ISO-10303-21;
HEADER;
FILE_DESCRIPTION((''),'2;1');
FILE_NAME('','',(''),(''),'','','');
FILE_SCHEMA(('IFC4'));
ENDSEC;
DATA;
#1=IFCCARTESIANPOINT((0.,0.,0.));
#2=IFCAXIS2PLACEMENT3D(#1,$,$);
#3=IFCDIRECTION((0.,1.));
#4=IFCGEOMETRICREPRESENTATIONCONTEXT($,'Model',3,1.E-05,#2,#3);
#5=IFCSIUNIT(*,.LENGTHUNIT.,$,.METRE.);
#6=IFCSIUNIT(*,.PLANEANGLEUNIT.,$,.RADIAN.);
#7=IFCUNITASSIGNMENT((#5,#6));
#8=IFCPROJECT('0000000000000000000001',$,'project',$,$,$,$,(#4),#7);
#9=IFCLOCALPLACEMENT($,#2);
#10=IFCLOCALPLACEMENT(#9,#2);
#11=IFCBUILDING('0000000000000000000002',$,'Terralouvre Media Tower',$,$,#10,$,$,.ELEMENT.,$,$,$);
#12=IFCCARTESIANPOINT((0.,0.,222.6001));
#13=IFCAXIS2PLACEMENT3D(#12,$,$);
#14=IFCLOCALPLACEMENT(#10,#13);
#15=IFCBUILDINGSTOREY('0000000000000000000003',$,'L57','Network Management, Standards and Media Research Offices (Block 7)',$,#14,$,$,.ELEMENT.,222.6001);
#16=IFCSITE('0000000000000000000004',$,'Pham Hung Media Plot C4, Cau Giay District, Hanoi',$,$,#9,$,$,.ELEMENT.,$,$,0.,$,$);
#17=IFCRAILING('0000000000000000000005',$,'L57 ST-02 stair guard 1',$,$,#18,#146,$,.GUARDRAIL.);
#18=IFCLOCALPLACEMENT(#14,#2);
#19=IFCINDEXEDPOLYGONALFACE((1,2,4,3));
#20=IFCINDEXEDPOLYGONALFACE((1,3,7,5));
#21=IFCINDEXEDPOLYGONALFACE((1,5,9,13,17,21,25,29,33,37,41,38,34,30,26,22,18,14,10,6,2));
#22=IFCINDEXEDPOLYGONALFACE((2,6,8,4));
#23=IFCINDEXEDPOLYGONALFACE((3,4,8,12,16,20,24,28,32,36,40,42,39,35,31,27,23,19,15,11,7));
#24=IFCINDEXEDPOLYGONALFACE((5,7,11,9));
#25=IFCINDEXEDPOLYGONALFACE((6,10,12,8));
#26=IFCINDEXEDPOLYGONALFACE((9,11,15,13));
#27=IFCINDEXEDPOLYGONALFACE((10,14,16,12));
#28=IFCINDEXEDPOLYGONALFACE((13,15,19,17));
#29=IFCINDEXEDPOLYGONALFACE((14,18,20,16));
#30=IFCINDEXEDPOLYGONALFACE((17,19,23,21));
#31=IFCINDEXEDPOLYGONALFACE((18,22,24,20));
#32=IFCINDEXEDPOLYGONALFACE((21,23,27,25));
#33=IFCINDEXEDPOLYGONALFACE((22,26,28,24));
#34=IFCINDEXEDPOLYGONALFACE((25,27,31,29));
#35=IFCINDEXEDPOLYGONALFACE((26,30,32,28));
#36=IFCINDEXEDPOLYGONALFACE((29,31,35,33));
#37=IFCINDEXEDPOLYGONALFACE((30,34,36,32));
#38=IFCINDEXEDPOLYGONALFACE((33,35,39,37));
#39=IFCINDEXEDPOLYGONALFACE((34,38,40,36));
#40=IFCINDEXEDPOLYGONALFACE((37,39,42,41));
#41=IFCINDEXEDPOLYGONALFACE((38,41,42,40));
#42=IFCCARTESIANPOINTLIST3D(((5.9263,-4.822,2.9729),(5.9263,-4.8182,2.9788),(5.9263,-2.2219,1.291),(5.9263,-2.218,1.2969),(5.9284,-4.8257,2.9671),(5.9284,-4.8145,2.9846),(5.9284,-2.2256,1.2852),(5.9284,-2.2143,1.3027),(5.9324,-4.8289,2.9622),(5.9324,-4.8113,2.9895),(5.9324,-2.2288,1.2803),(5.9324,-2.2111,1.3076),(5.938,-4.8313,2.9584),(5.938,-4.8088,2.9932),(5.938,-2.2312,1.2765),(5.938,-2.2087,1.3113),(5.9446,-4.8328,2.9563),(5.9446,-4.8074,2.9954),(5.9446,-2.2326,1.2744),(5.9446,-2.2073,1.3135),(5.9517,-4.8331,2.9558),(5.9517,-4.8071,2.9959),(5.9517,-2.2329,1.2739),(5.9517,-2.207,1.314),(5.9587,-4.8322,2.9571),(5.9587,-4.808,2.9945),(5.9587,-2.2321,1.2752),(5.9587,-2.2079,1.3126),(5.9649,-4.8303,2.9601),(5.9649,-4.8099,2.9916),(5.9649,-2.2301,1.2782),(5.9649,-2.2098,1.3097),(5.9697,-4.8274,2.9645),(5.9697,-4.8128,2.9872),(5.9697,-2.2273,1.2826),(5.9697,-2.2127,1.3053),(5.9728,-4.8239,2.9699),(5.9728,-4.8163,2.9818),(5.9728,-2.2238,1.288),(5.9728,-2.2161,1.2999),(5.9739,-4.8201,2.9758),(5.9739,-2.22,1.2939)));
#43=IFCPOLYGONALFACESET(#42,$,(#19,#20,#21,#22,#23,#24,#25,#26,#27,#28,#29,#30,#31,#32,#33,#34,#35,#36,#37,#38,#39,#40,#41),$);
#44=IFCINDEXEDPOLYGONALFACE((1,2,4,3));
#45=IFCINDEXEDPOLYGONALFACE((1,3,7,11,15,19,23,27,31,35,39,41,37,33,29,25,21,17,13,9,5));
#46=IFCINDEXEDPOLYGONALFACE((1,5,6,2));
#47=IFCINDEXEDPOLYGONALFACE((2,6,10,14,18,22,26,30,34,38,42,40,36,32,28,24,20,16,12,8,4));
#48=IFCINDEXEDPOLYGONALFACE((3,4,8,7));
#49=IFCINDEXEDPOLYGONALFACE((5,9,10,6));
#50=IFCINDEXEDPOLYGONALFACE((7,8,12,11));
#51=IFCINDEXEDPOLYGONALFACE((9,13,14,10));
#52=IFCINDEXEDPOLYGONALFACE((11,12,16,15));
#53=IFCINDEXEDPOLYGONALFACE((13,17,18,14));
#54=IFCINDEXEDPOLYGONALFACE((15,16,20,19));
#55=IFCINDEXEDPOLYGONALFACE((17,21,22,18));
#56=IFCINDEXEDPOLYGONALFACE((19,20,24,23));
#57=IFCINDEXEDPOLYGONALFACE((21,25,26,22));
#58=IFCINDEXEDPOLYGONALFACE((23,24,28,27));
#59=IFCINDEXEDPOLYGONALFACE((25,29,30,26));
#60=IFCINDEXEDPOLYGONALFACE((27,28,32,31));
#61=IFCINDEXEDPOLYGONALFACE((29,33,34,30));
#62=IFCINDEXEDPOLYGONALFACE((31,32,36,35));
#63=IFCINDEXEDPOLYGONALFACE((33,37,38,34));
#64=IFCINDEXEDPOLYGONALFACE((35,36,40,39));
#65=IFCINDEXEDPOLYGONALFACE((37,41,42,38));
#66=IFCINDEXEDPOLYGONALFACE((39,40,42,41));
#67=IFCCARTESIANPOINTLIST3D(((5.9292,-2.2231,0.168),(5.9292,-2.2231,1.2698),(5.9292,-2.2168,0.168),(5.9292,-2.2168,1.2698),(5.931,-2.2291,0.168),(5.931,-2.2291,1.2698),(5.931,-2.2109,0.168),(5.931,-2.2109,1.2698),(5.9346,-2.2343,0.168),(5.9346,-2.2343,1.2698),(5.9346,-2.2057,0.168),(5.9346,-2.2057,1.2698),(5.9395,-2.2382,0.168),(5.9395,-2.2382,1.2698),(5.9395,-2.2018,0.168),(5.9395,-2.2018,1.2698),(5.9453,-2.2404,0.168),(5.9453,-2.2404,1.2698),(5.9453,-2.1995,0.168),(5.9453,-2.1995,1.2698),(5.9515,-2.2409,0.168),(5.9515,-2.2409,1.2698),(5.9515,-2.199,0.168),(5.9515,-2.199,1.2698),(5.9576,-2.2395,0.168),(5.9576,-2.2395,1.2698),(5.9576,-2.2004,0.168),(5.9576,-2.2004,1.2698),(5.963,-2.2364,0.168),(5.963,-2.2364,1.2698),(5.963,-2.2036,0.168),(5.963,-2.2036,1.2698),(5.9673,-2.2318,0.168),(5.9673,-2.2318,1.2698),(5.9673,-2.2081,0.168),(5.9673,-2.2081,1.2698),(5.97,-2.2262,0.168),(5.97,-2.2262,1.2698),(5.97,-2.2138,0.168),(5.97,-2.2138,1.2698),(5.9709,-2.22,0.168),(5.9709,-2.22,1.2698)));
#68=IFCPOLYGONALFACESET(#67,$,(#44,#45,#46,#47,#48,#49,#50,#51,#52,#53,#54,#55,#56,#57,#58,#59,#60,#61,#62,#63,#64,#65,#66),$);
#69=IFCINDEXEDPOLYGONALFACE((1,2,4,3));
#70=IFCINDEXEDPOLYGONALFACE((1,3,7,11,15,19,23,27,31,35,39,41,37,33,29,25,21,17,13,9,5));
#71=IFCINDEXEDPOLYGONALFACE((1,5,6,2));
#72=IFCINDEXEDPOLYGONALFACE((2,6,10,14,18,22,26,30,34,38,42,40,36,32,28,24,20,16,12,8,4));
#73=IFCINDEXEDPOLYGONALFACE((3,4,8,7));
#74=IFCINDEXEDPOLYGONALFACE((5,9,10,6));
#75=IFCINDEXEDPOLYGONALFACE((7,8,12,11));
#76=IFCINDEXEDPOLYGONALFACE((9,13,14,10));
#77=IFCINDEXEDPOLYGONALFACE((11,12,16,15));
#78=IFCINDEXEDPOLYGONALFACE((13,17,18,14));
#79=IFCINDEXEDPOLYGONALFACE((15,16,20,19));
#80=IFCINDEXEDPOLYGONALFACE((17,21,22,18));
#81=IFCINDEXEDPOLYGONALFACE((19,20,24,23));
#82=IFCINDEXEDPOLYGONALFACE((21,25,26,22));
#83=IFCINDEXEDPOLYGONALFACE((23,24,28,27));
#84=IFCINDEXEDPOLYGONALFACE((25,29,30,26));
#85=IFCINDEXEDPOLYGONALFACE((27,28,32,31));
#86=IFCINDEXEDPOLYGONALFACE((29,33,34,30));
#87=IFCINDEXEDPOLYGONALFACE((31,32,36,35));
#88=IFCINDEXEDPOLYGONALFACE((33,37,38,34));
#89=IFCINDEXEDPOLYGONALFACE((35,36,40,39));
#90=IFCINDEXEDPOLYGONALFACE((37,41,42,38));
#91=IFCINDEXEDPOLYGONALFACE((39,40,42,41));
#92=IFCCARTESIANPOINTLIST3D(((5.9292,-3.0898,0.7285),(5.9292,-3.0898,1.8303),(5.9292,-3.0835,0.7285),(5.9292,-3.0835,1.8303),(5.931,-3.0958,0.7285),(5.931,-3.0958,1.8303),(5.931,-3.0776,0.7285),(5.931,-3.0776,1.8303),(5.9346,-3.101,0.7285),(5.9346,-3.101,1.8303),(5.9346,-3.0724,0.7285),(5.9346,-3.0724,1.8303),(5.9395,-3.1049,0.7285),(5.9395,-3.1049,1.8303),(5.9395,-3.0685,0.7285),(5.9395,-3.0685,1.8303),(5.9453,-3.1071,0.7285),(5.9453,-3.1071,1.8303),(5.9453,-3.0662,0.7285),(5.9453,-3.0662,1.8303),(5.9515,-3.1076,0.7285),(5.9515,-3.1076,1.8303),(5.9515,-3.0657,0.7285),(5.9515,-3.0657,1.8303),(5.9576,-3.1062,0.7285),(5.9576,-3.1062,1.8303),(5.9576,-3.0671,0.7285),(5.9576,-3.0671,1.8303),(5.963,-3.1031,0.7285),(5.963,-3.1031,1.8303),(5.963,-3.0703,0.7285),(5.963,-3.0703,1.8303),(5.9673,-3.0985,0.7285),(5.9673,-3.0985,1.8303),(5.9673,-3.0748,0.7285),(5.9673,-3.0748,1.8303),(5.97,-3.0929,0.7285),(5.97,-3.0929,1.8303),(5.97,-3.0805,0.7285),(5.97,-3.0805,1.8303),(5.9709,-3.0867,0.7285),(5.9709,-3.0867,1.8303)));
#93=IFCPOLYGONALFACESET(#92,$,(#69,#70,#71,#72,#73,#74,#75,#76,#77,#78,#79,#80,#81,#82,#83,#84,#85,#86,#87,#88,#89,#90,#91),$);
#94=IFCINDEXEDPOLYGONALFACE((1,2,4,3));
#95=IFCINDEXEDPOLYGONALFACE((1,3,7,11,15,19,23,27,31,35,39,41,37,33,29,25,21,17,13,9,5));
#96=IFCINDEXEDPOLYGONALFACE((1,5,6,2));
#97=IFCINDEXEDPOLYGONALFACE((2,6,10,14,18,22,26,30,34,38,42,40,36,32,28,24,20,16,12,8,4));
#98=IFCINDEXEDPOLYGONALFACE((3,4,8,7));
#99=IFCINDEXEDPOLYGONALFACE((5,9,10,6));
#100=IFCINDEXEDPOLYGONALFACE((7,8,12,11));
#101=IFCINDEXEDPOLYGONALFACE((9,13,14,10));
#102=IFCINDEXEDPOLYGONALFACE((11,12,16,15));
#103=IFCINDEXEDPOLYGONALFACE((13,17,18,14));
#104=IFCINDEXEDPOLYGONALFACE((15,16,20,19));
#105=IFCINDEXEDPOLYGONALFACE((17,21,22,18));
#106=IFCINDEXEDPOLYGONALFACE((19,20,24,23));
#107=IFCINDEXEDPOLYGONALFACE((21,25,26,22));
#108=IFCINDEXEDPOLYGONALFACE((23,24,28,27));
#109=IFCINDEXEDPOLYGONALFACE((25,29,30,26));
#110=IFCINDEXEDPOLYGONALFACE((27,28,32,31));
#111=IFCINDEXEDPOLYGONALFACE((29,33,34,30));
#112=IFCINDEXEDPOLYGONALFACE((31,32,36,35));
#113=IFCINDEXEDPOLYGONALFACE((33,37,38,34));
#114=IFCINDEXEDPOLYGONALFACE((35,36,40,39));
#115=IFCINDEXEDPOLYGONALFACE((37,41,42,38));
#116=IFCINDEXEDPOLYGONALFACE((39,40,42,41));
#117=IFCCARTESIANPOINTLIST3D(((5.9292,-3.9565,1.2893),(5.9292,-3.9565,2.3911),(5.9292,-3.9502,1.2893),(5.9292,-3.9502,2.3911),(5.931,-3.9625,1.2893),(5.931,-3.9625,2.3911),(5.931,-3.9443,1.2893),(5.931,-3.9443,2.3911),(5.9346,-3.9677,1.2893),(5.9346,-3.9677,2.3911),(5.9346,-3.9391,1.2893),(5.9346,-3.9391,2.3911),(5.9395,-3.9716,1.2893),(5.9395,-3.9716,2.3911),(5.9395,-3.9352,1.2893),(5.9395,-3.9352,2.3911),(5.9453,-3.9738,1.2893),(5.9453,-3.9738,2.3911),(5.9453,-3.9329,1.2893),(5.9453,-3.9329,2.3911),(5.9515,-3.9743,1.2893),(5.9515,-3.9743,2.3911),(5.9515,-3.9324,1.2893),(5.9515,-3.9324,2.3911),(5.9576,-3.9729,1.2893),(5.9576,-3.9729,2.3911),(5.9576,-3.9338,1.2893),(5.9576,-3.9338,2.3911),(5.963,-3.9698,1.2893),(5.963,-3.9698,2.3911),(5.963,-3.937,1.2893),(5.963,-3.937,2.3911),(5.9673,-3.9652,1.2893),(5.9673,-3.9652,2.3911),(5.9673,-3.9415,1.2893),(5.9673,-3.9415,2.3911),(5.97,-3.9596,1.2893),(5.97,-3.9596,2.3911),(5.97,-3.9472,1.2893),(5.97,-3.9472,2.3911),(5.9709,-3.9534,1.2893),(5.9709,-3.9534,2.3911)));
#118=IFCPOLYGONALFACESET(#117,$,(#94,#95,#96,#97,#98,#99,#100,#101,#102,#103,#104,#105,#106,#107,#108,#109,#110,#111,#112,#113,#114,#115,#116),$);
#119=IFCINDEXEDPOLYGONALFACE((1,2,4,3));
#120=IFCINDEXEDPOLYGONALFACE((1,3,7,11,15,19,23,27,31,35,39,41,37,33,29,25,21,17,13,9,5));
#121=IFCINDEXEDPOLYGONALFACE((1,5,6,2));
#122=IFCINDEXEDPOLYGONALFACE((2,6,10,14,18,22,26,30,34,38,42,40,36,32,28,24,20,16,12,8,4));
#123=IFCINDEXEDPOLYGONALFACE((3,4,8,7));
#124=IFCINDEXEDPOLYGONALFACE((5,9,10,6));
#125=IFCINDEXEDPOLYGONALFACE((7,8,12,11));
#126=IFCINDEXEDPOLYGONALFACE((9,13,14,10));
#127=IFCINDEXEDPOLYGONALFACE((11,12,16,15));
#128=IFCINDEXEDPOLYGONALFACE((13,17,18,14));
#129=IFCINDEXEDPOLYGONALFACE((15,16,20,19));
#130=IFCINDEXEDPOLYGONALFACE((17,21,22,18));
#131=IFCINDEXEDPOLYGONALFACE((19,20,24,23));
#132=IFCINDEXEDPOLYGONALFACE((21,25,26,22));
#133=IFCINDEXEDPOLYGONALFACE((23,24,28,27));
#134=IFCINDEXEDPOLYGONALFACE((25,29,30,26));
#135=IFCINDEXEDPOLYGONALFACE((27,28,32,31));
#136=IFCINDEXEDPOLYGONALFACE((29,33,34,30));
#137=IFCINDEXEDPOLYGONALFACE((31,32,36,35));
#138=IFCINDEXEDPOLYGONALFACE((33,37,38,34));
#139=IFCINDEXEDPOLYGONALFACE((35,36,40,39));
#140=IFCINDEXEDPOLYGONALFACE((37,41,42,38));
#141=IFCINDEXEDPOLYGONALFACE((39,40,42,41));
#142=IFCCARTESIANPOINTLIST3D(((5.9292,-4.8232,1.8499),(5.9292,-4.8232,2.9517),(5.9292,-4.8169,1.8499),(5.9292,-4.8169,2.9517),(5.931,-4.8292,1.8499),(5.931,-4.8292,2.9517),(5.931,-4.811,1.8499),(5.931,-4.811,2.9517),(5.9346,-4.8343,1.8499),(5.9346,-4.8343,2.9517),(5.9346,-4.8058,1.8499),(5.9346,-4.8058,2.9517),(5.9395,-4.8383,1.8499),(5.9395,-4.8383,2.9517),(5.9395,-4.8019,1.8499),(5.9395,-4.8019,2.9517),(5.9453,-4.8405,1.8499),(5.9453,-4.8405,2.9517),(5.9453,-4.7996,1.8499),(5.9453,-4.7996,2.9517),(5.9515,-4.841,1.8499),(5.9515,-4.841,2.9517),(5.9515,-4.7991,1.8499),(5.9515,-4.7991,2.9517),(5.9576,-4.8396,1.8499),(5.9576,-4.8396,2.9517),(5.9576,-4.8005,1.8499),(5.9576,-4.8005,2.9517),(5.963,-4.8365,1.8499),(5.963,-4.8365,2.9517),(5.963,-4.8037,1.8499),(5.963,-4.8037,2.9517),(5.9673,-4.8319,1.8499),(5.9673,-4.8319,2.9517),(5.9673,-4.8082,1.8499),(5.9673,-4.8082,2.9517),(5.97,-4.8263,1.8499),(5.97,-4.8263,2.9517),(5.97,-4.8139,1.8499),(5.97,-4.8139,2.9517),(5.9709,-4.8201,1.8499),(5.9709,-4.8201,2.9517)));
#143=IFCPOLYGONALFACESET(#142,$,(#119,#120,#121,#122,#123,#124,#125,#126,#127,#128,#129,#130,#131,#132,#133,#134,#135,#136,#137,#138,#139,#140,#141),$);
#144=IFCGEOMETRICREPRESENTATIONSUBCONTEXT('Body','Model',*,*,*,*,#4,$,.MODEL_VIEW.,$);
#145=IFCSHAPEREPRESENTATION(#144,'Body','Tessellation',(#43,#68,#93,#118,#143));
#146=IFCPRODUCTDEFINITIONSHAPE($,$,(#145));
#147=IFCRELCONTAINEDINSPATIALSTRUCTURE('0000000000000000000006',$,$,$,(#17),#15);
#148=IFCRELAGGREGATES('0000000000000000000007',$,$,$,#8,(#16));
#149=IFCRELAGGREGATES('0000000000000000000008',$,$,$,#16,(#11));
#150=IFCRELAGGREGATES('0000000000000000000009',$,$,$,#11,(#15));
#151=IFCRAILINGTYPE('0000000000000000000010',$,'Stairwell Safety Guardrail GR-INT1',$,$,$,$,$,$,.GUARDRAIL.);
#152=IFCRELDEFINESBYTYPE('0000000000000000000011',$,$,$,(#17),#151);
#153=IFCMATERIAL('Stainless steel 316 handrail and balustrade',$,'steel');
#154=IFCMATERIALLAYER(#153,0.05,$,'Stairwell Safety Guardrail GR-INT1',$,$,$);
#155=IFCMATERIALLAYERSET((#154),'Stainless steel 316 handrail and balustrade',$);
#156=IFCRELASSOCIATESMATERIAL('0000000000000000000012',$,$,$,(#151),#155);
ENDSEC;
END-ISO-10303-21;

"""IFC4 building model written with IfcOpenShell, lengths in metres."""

from ifc_helpers import new_model, si_unit, direction, frame, origin, origin_2d, place, context, subcontext, project, spatial, circle, extrude, material, layer, layer_set, type_object, element, save


model = new_model("IFC4")

# Units and contexts
model_context = context("Model", 3, precision=1e-05, world=origin(), true_north=direction((0.0, 1.0)))
body_context = subcontext(model_context, "Body", "Model", "MODEL_VIEW")
ifc_project = project(units=[si_unit("LENGTHUNIT", "METRE"), si_unit("PLANEANGLEUNIT", "RADIAN")], contexts=[model_context])

# Site, building, storey
site_placement = place(None, origin())
site = spatial("IfcSite", under=ifc_project, at=site_placement, Name="Pham Hung Media Plot C4, Cau Giay District, Hanoi", CompositionType="ELEMENT", RefElevation=0.0)
building_placement = place(site_placement, origin())
building = spatial("IfcBuilding", under=site, at=building_placement, Name="Terralouvre Media Tower", CompositionType="ELEMENT")
storey_placement = place(building_placement, frame((0.0, 0.0, 222.6001)))
storey = spatial("IfcBuildingStorey", under=building, at=storey_placement, Name="L57", Description="Network Management, Standards and Media Research Offices (Block 7)", CompositionType="ELEMENT", Elevation=222.6001)

# Railing
ifc_material_1 = material(Name="Stainless steel 316 handrail and balustrade", Category="steel")
ifc_layer_1 = layer(ifc_material_1, 0.05, Name="Stairwell Safety Guardrail GR-INT1")
ifc_layer_set_1 = layer_set([ifc_layer_1], Name="Stainless steel 316 handrail and balustrade")
railing_type_1 = type_object("IfcRailingType", Name="Stairwell Safety Guardrail GR-INT1", PredefinedType="GUARDRAIL", material=ifc_layer_set_1)
railing_1_placement = place(storey_placement, frame((5.95, -2.22, 0.168)))
element("IfcRailing", 1, at=railing_1_placement, inside=storey, type_object=railing_type_1, Name="L57 ST-02 stair guard 1", PredefinedType="GUARDRAIL", context=body_context, shape_type="SweptSolid", body=[
    extrude(circle(Radius=0.0239, at=origin_2d()), frame((0.0, 0.0, 1.126), z_axis=(0.0, -0.839648, 0.54313), x_axis=(1.0, 0.0, 0.0)), (0.0, 0.0, 1.0), 3.0967),
    extrude(circle(Radius=0.021, at=origin_2d()), origin(), (0.0, 0.0, 1.0), 1.1018),
    extrude(circle(Radius=0.021, at=origin_2d()), frame((0.0, -0.8667, 0.5605)), (0.0, 0.0, 1.0), 1.1018),
    extrude(circle(Radius=0.021, at=origin_2d()), frame((0.0, -1.7334, 1.1213)), (0.0, 0.0, 1.0), 1.1018),
    extrude(circle(Radius=0.021, at=origin_2d()), frame((0.0, -2.6001, 1.6819)), (0.0, 0.0, 1.0), 1.1018),
])

save(model, "model.ifc")
